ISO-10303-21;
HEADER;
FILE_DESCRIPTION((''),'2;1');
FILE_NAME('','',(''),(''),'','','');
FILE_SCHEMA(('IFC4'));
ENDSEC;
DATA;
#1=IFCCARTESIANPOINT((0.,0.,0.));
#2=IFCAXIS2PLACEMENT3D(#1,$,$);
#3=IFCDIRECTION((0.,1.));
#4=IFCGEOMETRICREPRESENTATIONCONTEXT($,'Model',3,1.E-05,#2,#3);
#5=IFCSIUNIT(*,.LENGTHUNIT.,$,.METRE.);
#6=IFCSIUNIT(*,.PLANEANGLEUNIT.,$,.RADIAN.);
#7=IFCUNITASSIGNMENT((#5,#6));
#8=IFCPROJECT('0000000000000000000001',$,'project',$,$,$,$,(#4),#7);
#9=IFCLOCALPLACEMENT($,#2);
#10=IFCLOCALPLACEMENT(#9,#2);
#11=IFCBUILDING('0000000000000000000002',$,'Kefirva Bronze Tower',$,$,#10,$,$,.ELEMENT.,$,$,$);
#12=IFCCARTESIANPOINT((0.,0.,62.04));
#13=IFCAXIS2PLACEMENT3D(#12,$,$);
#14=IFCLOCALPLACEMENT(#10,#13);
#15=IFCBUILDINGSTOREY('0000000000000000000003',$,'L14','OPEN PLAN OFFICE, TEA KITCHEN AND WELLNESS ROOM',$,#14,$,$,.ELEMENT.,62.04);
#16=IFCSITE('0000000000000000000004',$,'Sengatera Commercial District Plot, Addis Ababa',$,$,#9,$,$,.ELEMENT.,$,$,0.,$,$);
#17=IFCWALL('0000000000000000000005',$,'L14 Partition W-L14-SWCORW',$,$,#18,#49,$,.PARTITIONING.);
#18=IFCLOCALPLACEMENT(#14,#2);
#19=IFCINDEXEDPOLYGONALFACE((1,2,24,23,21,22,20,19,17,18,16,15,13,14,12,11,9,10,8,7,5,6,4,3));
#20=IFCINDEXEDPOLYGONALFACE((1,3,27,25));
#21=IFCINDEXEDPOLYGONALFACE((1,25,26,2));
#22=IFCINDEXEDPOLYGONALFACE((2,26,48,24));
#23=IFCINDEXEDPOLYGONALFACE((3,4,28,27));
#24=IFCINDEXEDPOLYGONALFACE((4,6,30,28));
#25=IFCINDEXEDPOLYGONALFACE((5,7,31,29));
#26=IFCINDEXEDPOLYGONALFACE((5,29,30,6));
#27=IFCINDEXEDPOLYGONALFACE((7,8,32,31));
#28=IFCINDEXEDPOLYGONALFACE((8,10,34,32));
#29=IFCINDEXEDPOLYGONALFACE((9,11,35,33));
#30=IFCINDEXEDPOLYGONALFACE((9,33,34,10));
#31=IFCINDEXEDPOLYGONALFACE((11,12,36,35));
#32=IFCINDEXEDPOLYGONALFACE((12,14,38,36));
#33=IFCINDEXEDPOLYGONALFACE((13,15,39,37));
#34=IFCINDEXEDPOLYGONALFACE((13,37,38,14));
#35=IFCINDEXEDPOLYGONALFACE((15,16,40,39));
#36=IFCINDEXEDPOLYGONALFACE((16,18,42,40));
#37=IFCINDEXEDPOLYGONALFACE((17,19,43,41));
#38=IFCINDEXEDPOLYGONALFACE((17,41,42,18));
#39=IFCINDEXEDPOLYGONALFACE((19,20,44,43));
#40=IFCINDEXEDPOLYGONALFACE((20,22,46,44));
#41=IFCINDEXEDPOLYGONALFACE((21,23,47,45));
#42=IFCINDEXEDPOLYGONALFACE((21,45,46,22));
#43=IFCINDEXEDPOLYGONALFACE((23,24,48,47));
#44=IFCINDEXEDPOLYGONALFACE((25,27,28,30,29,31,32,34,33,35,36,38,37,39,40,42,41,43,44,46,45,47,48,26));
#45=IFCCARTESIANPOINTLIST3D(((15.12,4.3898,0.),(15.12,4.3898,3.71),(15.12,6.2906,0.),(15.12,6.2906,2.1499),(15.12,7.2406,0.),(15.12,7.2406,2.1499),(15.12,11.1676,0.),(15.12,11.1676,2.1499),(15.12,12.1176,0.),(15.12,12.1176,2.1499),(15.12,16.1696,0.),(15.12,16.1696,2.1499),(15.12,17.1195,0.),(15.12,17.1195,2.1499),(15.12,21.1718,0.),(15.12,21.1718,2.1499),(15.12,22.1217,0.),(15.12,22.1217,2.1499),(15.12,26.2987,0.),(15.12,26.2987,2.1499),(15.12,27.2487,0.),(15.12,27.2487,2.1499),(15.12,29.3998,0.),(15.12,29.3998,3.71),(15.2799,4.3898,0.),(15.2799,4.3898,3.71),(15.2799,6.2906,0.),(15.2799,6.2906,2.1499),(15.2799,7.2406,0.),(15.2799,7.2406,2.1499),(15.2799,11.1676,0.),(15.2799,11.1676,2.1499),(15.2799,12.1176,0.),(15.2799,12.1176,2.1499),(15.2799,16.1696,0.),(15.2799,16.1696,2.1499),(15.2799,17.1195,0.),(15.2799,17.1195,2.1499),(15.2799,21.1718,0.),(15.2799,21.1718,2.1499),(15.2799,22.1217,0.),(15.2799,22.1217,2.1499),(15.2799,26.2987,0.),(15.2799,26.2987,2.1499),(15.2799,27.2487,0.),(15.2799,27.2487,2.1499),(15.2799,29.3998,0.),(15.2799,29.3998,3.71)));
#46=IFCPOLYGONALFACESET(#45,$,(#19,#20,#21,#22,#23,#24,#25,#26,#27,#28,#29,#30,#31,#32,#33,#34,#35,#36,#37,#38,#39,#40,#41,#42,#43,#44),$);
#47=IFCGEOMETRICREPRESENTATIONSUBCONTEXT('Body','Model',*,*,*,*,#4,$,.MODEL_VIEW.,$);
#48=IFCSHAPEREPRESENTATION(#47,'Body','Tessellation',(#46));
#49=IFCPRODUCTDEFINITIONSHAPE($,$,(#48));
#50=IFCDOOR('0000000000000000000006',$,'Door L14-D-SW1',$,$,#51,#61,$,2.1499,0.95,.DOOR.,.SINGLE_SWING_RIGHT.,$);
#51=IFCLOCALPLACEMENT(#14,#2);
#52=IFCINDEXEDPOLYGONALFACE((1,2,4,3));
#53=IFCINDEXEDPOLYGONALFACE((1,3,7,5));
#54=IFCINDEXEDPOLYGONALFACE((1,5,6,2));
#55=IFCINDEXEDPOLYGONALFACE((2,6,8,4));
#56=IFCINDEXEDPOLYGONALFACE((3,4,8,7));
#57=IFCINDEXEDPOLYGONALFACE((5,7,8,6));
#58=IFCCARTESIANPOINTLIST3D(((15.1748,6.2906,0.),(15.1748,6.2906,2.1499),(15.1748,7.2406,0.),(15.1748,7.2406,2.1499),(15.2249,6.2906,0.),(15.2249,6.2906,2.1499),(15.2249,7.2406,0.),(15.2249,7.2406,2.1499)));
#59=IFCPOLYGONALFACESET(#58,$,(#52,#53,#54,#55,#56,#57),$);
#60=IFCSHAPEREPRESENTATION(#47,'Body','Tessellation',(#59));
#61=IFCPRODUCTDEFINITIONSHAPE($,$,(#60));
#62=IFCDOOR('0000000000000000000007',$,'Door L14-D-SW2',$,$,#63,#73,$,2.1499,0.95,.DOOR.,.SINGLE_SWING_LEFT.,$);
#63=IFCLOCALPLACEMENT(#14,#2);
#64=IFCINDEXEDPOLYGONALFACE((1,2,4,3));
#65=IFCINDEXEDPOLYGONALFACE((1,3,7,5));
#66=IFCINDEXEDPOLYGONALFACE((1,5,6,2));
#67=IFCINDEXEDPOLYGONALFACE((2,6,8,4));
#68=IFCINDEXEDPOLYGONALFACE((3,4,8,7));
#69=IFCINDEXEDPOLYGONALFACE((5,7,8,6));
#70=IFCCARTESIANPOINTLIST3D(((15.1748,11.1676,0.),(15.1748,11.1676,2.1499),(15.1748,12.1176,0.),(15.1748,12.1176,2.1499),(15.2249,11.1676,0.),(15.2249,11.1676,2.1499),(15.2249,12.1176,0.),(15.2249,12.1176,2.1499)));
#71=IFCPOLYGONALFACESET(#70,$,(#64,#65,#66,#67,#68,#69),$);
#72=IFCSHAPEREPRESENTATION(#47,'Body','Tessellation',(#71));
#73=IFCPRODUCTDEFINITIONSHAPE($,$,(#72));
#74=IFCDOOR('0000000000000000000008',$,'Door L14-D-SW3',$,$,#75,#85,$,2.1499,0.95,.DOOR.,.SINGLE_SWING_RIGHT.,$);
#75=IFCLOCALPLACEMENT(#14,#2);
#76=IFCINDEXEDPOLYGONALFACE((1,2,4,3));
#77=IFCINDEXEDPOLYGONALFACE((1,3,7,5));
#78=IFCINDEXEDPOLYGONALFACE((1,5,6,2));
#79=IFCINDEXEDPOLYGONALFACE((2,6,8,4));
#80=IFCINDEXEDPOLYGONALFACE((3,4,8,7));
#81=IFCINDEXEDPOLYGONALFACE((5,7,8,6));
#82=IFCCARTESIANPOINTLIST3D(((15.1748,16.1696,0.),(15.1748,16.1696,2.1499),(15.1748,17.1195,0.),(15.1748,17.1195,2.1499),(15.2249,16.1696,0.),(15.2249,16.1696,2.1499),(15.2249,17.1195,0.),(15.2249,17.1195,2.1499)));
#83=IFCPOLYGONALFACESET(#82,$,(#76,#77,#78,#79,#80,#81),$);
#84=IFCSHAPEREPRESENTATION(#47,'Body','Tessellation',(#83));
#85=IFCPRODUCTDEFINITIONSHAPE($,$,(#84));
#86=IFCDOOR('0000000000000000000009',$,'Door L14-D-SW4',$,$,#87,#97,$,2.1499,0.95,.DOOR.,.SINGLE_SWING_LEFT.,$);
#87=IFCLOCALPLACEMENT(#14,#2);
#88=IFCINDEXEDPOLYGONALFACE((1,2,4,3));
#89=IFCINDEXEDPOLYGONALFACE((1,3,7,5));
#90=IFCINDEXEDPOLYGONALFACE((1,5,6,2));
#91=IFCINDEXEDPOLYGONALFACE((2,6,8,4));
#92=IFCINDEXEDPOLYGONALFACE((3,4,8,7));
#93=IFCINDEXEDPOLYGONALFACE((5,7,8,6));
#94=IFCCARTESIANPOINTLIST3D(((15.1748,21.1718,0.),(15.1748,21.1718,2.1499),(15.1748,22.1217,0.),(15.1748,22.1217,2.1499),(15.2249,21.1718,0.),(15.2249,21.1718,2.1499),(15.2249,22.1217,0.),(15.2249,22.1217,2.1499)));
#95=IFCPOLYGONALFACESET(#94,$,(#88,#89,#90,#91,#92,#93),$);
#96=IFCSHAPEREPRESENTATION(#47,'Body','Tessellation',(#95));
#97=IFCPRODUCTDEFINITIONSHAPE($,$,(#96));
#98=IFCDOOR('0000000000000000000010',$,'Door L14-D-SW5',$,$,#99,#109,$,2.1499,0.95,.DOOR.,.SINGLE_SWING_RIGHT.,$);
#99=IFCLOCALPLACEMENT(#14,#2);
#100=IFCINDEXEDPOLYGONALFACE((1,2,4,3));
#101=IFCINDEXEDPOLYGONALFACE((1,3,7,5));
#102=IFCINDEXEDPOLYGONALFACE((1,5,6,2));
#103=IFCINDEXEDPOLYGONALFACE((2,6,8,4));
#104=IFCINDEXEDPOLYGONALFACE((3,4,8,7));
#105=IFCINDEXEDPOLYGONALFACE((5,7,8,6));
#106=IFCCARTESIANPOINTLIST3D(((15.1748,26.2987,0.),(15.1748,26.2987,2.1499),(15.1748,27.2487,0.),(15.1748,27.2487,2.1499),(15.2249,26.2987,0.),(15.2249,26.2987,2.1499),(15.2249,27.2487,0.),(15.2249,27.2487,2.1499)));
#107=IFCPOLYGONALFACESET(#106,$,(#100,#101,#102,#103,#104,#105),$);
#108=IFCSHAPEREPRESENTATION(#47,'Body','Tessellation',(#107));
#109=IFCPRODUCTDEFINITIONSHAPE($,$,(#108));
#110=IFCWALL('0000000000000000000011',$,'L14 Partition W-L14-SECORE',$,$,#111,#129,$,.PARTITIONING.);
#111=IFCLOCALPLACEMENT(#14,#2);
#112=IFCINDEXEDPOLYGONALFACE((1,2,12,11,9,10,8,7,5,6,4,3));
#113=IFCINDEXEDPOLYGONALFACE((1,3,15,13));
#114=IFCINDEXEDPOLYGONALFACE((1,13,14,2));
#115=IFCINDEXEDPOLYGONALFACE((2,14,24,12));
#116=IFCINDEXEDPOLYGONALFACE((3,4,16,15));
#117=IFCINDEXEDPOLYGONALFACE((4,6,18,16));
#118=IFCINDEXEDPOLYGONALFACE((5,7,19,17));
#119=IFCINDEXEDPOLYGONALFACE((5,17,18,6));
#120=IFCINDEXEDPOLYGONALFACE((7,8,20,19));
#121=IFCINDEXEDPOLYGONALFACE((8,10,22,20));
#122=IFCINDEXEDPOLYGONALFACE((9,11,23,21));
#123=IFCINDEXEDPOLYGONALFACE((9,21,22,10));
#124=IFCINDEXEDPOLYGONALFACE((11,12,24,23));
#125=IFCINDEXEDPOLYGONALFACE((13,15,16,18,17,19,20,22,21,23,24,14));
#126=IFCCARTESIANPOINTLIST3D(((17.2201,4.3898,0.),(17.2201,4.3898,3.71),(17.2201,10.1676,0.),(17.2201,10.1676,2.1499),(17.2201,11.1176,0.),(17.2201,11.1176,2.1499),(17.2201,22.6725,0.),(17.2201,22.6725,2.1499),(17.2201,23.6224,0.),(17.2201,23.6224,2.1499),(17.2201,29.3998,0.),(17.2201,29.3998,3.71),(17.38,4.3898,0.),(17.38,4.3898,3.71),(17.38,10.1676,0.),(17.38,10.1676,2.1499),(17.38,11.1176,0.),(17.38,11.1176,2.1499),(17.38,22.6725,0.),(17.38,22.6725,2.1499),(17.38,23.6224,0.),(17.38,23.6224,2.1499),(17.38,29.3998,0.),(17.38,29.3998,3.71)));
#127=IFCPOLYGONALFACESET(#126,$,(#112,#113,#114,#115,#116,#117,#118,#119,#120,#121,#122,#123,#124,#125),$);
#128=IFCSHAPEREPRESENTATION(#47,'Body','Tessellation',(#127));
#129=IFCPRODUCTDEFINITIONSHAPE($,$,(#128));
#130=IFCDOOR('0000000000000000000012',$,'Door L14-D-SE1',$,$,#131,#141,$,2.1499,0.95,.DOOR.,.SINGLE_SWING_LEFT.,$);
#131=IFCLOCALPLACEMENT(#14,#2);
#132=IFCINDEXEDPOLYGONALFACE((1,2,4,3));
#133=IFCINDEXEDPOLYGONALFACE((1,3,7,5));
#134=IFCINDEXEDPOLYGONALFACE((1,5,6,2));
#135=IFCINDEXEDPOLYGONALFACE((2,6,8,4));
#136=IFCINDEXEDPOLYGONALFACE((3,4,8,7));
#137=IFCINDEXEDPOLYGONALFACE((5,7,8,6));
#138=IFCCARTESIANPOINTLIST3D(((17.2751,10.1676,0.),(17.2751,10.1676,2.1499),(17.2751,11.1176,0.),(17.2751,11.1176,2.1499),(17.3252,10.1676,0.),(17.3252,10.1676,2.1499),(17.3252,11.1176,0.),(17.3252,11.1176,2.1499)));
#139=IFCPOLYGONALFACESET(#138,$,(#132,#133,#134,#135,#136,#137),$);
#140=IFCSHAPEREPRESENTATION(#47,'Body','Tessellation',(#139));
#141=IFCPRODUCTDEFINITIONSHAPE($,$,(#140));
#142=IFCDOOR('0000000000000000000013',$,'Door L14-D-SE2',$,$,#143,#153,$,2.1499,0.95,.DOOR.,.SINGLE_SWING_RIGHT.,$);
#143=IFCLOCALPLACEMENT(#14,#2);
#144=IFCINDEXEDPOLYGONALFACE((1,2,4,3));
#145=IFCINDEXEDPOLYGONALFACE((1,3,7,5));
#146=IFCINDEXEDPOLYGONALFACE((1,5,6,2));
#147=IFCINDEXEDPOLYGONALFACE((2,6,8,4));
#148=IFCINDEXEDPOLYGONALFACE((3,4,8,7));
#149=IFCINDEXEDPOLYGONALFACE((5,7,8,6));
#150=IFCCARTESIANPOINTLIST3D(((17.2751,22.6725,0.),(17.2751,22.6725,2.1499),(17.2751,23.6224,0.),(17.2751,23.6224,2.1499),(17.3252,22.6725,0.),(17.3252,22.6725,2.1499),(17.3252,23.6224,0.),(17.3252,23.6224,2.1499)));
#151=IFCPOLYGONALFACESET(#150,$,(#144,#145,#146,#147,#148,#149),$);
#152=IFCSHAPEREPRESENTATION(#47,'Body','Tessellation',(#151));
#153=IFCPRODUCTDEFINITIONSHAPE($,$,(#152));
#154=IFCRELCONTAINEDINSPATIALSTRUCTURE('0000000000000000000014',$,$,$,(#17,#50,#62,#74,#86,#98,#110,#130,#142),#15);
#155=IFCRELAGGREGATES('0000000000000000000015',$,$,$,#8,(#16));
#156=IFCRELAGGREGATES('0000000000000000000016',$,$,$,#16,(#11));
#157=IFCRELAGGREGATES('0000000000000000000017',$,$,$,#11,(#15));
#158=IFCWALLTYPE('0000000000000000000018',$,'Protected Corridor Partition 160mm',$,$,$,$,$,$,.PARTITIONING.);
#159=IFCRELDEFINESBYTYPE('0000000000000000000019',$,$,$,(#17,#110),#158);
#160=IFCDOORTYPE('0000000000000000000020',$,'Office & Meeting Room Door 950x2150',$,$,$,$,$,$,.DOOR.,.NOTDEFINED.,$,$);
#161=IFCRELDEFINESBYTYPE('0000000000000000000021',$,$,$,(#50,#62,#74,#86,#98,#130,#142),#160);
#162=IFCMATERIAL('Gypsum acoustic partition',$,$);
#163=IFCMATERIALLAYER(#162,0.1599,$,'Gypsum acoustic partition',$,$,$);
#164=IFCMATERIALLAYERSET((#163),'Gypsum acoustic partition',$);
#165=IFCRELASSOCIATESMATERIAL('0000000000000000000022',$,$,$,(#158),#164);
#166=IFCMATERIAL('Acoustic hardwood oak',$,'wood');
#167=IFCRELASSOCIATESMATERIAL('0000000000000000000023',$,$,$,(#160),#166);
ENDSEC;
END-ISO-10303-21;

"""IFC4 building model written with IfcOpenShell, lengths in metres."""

from ifc_helpers import new_model, si_unit, direction, frame, frame_2d, origin, place, context, subcontext, project, spatial, rectangle, extrude, material, layer, layer_set, type_object, element, fill, save


model = new_model("IFC4")

# Units and contexts
model_context = context("Model", 3, precision=1e-05, world=origin(), true_north=direction((0.0, 1.0)))
body_context = subcontext(model_context, "Body", "Model", "MODEL_VIEW")
ifc_project = project(units=[si_unit("LENGTHUNIT", "METRE"), si_unit("PLANEANGLEUNIT", "RADIAN")], contexts=[model_context])

# Site, building, storey
site_placement = place(None, origin())
site = spatial("IfcSite", under=ifc_project, at=site_placement, Name="Sengatera Commercial District Plot, Addis Ababa", CompositionType="ELEMENT", RefElevation=0.0)
building_placement = place(site_placement, origin())
building = spatial("IfcBuilding", under=site, at=building_placement, Name="Kefirva Bronze Tower", CompositionType="ELEMENT")
storey_placement = place(building_placement, frame((0.0, 0.0, 62.04)))
storey = spatial("IfcBuildingStorey", under=building, at=storey_placement, Name="L14", Description="OPEN PLAN OFFICE, TEA KITCHEN AND WELLNESS ROOM", CompositionType="ELEMENT", Elevation=62.04)

# Walls, openings, doors
ifc_material_1 = material(Name="Gypsum acoustic partition")
ifc_layer_1 = layer(ifc_material_1, 0.1599, Name="Gypsum acoustic partition")
ifc_layer_set_1 = layer_set([ifc_layer_1], Name="Gypsum acoustic partition")
wall_type = type_object("IfcWallType", Name="Protected Corridor Partition 160mm", PredefinedType="PARTITIONING", material=ifc_layer_set_1)
wall_1_placement = place(storey_placement, frame((15.2, 4.3899, 0.0), z_axis=(0.0, 0.0, 1.0), x_axis=(0.0, 1.0, 0.0)))
wall_1 = element("IfcWall", 1, at=wall_1_placement, inside=storey, type_object=wall_type, Name="L14 Partition W-L14-SWCORW", PredefinedType="PARTITIONING", context=body_context, shape_type="SweptSolid", body=[
    extrude(rectangle(XDim=25.01, YDim=0.1599, at=frame_2d((12.5049, 0.0))), origin(), (0.0, 0.0, 1.0), 3.71),
])
opening_1_placement = place(wall_1_placement, frame((2.8508, 0.0, 0.0), z_axis=(0.0, 0.0, 1.0), x_axis=(-1.0, 0.0, 0.0)))
opening_1 = element("IfcOpeningElement", 2, at=opening_1_placement, cuts=wall_1, PredefinedType="OPENING", context=body_context, shape_type="SweptSolid", body=[
    extrude(rectangle(XDim=0.95, YDim=2.1499, at=frame_2d((0.4751, 1.075))), frame((0.0, 0.0898, 0.0), z_axis=(0.0, -1.0, 0.0), x_axis=(1.0, 0.0, 0.0)), (0.0, 0.0, 1.0), 0.1799),
])
opening_2_placement = place(wall_1_placement, frame((7.7278, 0.0, 0.0), z_axis=(0.0, 0.0, 1.0), x_axis=(-1.0, 0.0, 0.0)))
opening_2 = element("IfcOpeningElement", 3, at=opening_2_placement, cuts=wall_1, PredefinedType="OPENING", context=body_context, shape_type="SweptSolid", body=[
    extrude(rectangle(XDim=0.95, YDim=2.1499, at=frame_2d((0.4751, 1.075))), frame((0.0, 0.0898, 0.0), z_axis=(0.0, -1.0, 0.0), x_axis=(1.0, 0.0, 0.0)), (0.0, 0.0, 1.0), 0.1799),
])
opening_3_placement = place(wall_1_placement, frame((12.7297, 0.0, 0.0), z_axis=(0.0, 0.0, 1.0), x_axis=(-1.0, 0.0, 0.0)))
opening_3 = element("IfcOpeningElement", 4, at=opening_3_placement, cuts=wall_1, PredefinedType="OPENING", context=body_context, shape_type="SweptSolid", body=[
    extrude(rectangle(XDim=0.95, YDim=2.1499, at=frame_2d((0.4751, 1.075))), frame((0.0, 0.0898, 0.0), z_axis=(0.0, -1.0, 0.0), x_axis=(1.0, 0.0, 0.0)), (0.0, 0.0, 1.0), 0.1799),
])
opening_4_placement = place(wall_1_placement, frame((17.7319, 0.0, 0.0), z_axis=(0.0, 0.0, 1.0), x_axis=(-1.0, 0.0, 0.0)))
opening_4 = element("IfcOpeningElement", 5, at=opening_4_placement, cuts=wall_1, PredefinedType="OPENING", context=body_context, shape_type="SweptSolid", body=[
    extrude(rectangle(XDim=0.95, YDim=2.1499, at=frame_2d((0.4751, 1.075))), frame((0.0, 0.0898, 0.0), z_axis=(0.0, -1.0, 0.0), x_axis=(1.0, 0.0, 0.0)), (0.0, 0.0, 1.0), 0.1799),
])
opening_5_placement = place(wall_1_placement, frame((22.8589, 0.0, 0.0), z_axis=(0.0, 0.0, 1.0), x_axis=(-1.0, 0.0, 0.0)))
opening_5 = element("IfcOpeningElement", 6, at=opening_5_placement, cuts=wall_1, PredefinedType="OPENING", context=body_context, shape_type="SweptSolid", body=[
    extrude(rectangle(XDim=0.95, YDim=2.1499, at=frame_2d((0.4751, 1.075))), frame((0.0, 0.0898, 0.0), z_axis=(0.0, -1.0, 0.0), x_axis=(1.0, 0.0, 0.0)), (0.0, 0.0, 1.0), 0.1799),
])
ifc_material_2 = material(Name="Acoustic hardwood oak", Category="wood")
door_type = type_object("IfcDoorType", Name="Office & Meeting Room Door 950x2150", OperationType="NOTDEFINED", PredefinedType="DOOR", material=ifc_material_2)
door_1_placement = place(opening_1_placement, origin())
door_1 = element("IfcDoor", 7, at=door_1_placement, inside=storey, type_object=door_type, Name="Door L14-D-SW1", OperationType="SINGLE_SWING_RIGHT", OverallHeight=2.1499, OverallWidth=0.95, PredefinedType="DOOR", context=body_context, shape_type="SweptSolid", body=[
    extrude(rectangle(XDim=0.95, YDim=2.1499, at=frame_2d((0.4751, 1.075))), frame((0.0, 0.0249, 0.0), z_axis=(0.0, -1.0, 0.0), x_axis=(1.0, 0.0, 0.0)), (0.0, 0.0, 1.0), 0.05),
])
fill(opening_1, door_1)
door_2_placement = place(opening_2_placement, origin())
door_2 = element("IfcDoor", 8, at=door_2_placement, inside=storey, type_object=door_type, Name="Door L14-D-SW2", OperationType="SINGLE_SWING_LEFT", OverallHeight=2.1499, OverallWidth=0.95, PredefinedType="DOOR", context=body_context, shape_type="SweptSolid", body=[
    extrude(rectangle(XDim=0.95, YDim=2.1499, at=frame_2d((0.4751, 1.075))), frame((0.0, 0.0249, 0.0), z_axis=(0.0, -1.0, 0.0), x_axis=(1.0, 0.0, 0.0)), (0.0, 0.0, 1.0), 0.05),
])
fill(opening_2, door_2)
door_3_placement = place(opening_3_placement, origin())
door_3 = element("IfcDoor", 9, at=door_3_placement, inside=storey, type_object=door_type, Name="Door L14-D-SW3", OperationType="SINGLE_SWING_RIGHT", OverallHeight=2.1499, OverallWidth=0.95, PredefinedType="DOOR", context=body_context, shape_type="SweptSolid", body=[
    extrude(rectangle(XDim=0.95, YDim=2.1499, at=frame_2d((0.4751, 1.075))), frame((0.0, 0.0249, 0.0), z_axis=(0.0, -1.0, 0.0), x_axis=(1.0, 0.0, 0.0)), (0.0, 0.0, 1.0), 0.05),
])
fill(opening_3, door_3)
door_4_placement = place(opening_4_placement, origin())
door_4 = element("IfcDoor", 10, at=door_4_placement, inside=storey, type_object=door_type, Name="Door L14-D-SW4", OperationType="SINGLE_SWING_LEFT", OverallHeight=2.1499, OverallWidth=0.95, PredefinedType="DOOR", context=body_context, shape_type="SweptSolid", body=[
    extrude(rectangle(XDim=0.95, YDim=2.1499, at=frame_2d((0.4751, 1.075))), frame((0.0, 0.0249, 0.0), z_axis=(0.0, -1.0, 0.0), x_axis=(1.0, 0.0, 0.0)), (0.0, 0.0, 1.0), 0.05),
])
fill(opening_4, door_4)
door_5_placement = place(opening_5_placement, origin())
door_5 = element("IfcDoor", 11, at=door_5_placement, inside=storey, type_object=door_type, Name="Door L14-D-SW5", OperationType="SINGLE_SWING_RIGHT", OverallHeight=2.1499, OverallWidth=0.95, PredefinedType="DOOR", context=body_context, shape_type="SweptSolid", body=[
    extrude(rectangle(XDim=0.95, YDim=2.1499, at=frame_2d((0.4751, 1.075))), frame((0.0, 0.0249, 0.0), z_axis=(0.0, -1.0, 0.0), x_axis=(1.0, 0.0, 0.0)), (0.0, 0.0, 1.0), 0.05),
])
fill(opening_5, door_5)
wall_2_placement = place(storey_placement, frame((17.3, 4.3899, 0.0), z_axis=(0.0, 0.0, 1.0), x_axis=(0.0, 1.0, 0.0)))
wall_2 = element("IfcWall", 12, at=wall_2_placement, inside=storey, type_object=wall_type, Name="L14 Partition W-L14-SECORE", PredefinedType="PARTITIONING", context=body_context, shape_type="SweptSolid", body=[
    extrude(rectangle(XDim=25.01, YDim=0.1599, at=frame_2d((12.5049, 0.0))), origin(), (0.0, 0.0, 1.0), 3.71),
])
opening_6_placement = place(wall_2_placement, frame((5.7776, 0.0, 0.0)))
opening_6 = element("IfcOpeningElement", 13, at=opening_6_placement, cuts=wall_2, PredefinedType="OPENING", context=body_context, shape_type="SweptSolid", body=[
    extrude(rectangle(XDim=0.95, YDim=2.1499, at=frame_2d((0.4751, 1.075))), frame((0.0, 0.0898, 0.0), z_axis=(0.0, -1.0, 0.0), x_axis=(1.0, 0.0, 0.0)), (0.0, 0.0, 1.0), 0.1799),
])
opening_7_placement = place(wall_2_placement, frame((18.2825, 0.0, 0.0)))
opening_7 = element("IfcOpeningElement", 14, at=opening_7_placement, cuts=wall_2, PredefinedType="OPENING", context=body_context, shape_type="SweptSolid", body=[
    extrude(rectangle(XDim=0.95, YDim=2.1499, at=frame_2d((0.4751, 1.075))), frame((0.0, 0.0898, 0.0), z_axis=(0.0, -1.0, 0.0), x_axis=(1.0, 0.0, 0.0)), (0.0, 0.0, 1.0), 0.1799),
])
door_6_placement = place(opening_6_placement, origin())
door_6 = element("IfcDoor", 15, at=door_6_placement, inside=storey, type_object=door_type, Name="Door L14-D-SE1", OperationType="SINGLE_SWING_LEFT", OverallHeight=2.1499, OverallWidth=0.95, PredefinedType="DOOR", context=body_context, shape_type="SweptSolid", body=[
    extrude(rectangle(XDim=0.95, YDim=2.1499, at=frame_2d((0.4751, 1.075))), frame((0.0, 0.0249, 0.0), z_axis=(0.0, -1.0, 0.0), x_axis=(1.0, 0.0, 0.0)), (0.0, 0.0, 1.0), 0.05),
])
fill(opening_6, door_6)
door_7_placement = place(opening_7_placement, origin())
door_7 = element("IfcDoor", 16, at=door_7_placement, inside=storey, type_object=door_type, Name="Door L14-D-SE2", OperationType="SINGLE_SWING_RIGHT", OverallHeight=2.1499, OverallWidth=0.95, PredefinedType="DOOR", context=body_context, shape_type="SweptSolid", body=[
    extrude(rectangle(XDim=0.95, YDim=2.1499, at=frame_2d((0.4751, 1.075))), frame((0.0, 0.0249, 0.0), z_axis=(0.0, -1.0, 0.0), x_axis=(1.0, 0.0, 0.0)), (0.0, 0.0, 1.0), 0.05),
])
fill(opening_7, door_7)

save(model, "model.ifc")
